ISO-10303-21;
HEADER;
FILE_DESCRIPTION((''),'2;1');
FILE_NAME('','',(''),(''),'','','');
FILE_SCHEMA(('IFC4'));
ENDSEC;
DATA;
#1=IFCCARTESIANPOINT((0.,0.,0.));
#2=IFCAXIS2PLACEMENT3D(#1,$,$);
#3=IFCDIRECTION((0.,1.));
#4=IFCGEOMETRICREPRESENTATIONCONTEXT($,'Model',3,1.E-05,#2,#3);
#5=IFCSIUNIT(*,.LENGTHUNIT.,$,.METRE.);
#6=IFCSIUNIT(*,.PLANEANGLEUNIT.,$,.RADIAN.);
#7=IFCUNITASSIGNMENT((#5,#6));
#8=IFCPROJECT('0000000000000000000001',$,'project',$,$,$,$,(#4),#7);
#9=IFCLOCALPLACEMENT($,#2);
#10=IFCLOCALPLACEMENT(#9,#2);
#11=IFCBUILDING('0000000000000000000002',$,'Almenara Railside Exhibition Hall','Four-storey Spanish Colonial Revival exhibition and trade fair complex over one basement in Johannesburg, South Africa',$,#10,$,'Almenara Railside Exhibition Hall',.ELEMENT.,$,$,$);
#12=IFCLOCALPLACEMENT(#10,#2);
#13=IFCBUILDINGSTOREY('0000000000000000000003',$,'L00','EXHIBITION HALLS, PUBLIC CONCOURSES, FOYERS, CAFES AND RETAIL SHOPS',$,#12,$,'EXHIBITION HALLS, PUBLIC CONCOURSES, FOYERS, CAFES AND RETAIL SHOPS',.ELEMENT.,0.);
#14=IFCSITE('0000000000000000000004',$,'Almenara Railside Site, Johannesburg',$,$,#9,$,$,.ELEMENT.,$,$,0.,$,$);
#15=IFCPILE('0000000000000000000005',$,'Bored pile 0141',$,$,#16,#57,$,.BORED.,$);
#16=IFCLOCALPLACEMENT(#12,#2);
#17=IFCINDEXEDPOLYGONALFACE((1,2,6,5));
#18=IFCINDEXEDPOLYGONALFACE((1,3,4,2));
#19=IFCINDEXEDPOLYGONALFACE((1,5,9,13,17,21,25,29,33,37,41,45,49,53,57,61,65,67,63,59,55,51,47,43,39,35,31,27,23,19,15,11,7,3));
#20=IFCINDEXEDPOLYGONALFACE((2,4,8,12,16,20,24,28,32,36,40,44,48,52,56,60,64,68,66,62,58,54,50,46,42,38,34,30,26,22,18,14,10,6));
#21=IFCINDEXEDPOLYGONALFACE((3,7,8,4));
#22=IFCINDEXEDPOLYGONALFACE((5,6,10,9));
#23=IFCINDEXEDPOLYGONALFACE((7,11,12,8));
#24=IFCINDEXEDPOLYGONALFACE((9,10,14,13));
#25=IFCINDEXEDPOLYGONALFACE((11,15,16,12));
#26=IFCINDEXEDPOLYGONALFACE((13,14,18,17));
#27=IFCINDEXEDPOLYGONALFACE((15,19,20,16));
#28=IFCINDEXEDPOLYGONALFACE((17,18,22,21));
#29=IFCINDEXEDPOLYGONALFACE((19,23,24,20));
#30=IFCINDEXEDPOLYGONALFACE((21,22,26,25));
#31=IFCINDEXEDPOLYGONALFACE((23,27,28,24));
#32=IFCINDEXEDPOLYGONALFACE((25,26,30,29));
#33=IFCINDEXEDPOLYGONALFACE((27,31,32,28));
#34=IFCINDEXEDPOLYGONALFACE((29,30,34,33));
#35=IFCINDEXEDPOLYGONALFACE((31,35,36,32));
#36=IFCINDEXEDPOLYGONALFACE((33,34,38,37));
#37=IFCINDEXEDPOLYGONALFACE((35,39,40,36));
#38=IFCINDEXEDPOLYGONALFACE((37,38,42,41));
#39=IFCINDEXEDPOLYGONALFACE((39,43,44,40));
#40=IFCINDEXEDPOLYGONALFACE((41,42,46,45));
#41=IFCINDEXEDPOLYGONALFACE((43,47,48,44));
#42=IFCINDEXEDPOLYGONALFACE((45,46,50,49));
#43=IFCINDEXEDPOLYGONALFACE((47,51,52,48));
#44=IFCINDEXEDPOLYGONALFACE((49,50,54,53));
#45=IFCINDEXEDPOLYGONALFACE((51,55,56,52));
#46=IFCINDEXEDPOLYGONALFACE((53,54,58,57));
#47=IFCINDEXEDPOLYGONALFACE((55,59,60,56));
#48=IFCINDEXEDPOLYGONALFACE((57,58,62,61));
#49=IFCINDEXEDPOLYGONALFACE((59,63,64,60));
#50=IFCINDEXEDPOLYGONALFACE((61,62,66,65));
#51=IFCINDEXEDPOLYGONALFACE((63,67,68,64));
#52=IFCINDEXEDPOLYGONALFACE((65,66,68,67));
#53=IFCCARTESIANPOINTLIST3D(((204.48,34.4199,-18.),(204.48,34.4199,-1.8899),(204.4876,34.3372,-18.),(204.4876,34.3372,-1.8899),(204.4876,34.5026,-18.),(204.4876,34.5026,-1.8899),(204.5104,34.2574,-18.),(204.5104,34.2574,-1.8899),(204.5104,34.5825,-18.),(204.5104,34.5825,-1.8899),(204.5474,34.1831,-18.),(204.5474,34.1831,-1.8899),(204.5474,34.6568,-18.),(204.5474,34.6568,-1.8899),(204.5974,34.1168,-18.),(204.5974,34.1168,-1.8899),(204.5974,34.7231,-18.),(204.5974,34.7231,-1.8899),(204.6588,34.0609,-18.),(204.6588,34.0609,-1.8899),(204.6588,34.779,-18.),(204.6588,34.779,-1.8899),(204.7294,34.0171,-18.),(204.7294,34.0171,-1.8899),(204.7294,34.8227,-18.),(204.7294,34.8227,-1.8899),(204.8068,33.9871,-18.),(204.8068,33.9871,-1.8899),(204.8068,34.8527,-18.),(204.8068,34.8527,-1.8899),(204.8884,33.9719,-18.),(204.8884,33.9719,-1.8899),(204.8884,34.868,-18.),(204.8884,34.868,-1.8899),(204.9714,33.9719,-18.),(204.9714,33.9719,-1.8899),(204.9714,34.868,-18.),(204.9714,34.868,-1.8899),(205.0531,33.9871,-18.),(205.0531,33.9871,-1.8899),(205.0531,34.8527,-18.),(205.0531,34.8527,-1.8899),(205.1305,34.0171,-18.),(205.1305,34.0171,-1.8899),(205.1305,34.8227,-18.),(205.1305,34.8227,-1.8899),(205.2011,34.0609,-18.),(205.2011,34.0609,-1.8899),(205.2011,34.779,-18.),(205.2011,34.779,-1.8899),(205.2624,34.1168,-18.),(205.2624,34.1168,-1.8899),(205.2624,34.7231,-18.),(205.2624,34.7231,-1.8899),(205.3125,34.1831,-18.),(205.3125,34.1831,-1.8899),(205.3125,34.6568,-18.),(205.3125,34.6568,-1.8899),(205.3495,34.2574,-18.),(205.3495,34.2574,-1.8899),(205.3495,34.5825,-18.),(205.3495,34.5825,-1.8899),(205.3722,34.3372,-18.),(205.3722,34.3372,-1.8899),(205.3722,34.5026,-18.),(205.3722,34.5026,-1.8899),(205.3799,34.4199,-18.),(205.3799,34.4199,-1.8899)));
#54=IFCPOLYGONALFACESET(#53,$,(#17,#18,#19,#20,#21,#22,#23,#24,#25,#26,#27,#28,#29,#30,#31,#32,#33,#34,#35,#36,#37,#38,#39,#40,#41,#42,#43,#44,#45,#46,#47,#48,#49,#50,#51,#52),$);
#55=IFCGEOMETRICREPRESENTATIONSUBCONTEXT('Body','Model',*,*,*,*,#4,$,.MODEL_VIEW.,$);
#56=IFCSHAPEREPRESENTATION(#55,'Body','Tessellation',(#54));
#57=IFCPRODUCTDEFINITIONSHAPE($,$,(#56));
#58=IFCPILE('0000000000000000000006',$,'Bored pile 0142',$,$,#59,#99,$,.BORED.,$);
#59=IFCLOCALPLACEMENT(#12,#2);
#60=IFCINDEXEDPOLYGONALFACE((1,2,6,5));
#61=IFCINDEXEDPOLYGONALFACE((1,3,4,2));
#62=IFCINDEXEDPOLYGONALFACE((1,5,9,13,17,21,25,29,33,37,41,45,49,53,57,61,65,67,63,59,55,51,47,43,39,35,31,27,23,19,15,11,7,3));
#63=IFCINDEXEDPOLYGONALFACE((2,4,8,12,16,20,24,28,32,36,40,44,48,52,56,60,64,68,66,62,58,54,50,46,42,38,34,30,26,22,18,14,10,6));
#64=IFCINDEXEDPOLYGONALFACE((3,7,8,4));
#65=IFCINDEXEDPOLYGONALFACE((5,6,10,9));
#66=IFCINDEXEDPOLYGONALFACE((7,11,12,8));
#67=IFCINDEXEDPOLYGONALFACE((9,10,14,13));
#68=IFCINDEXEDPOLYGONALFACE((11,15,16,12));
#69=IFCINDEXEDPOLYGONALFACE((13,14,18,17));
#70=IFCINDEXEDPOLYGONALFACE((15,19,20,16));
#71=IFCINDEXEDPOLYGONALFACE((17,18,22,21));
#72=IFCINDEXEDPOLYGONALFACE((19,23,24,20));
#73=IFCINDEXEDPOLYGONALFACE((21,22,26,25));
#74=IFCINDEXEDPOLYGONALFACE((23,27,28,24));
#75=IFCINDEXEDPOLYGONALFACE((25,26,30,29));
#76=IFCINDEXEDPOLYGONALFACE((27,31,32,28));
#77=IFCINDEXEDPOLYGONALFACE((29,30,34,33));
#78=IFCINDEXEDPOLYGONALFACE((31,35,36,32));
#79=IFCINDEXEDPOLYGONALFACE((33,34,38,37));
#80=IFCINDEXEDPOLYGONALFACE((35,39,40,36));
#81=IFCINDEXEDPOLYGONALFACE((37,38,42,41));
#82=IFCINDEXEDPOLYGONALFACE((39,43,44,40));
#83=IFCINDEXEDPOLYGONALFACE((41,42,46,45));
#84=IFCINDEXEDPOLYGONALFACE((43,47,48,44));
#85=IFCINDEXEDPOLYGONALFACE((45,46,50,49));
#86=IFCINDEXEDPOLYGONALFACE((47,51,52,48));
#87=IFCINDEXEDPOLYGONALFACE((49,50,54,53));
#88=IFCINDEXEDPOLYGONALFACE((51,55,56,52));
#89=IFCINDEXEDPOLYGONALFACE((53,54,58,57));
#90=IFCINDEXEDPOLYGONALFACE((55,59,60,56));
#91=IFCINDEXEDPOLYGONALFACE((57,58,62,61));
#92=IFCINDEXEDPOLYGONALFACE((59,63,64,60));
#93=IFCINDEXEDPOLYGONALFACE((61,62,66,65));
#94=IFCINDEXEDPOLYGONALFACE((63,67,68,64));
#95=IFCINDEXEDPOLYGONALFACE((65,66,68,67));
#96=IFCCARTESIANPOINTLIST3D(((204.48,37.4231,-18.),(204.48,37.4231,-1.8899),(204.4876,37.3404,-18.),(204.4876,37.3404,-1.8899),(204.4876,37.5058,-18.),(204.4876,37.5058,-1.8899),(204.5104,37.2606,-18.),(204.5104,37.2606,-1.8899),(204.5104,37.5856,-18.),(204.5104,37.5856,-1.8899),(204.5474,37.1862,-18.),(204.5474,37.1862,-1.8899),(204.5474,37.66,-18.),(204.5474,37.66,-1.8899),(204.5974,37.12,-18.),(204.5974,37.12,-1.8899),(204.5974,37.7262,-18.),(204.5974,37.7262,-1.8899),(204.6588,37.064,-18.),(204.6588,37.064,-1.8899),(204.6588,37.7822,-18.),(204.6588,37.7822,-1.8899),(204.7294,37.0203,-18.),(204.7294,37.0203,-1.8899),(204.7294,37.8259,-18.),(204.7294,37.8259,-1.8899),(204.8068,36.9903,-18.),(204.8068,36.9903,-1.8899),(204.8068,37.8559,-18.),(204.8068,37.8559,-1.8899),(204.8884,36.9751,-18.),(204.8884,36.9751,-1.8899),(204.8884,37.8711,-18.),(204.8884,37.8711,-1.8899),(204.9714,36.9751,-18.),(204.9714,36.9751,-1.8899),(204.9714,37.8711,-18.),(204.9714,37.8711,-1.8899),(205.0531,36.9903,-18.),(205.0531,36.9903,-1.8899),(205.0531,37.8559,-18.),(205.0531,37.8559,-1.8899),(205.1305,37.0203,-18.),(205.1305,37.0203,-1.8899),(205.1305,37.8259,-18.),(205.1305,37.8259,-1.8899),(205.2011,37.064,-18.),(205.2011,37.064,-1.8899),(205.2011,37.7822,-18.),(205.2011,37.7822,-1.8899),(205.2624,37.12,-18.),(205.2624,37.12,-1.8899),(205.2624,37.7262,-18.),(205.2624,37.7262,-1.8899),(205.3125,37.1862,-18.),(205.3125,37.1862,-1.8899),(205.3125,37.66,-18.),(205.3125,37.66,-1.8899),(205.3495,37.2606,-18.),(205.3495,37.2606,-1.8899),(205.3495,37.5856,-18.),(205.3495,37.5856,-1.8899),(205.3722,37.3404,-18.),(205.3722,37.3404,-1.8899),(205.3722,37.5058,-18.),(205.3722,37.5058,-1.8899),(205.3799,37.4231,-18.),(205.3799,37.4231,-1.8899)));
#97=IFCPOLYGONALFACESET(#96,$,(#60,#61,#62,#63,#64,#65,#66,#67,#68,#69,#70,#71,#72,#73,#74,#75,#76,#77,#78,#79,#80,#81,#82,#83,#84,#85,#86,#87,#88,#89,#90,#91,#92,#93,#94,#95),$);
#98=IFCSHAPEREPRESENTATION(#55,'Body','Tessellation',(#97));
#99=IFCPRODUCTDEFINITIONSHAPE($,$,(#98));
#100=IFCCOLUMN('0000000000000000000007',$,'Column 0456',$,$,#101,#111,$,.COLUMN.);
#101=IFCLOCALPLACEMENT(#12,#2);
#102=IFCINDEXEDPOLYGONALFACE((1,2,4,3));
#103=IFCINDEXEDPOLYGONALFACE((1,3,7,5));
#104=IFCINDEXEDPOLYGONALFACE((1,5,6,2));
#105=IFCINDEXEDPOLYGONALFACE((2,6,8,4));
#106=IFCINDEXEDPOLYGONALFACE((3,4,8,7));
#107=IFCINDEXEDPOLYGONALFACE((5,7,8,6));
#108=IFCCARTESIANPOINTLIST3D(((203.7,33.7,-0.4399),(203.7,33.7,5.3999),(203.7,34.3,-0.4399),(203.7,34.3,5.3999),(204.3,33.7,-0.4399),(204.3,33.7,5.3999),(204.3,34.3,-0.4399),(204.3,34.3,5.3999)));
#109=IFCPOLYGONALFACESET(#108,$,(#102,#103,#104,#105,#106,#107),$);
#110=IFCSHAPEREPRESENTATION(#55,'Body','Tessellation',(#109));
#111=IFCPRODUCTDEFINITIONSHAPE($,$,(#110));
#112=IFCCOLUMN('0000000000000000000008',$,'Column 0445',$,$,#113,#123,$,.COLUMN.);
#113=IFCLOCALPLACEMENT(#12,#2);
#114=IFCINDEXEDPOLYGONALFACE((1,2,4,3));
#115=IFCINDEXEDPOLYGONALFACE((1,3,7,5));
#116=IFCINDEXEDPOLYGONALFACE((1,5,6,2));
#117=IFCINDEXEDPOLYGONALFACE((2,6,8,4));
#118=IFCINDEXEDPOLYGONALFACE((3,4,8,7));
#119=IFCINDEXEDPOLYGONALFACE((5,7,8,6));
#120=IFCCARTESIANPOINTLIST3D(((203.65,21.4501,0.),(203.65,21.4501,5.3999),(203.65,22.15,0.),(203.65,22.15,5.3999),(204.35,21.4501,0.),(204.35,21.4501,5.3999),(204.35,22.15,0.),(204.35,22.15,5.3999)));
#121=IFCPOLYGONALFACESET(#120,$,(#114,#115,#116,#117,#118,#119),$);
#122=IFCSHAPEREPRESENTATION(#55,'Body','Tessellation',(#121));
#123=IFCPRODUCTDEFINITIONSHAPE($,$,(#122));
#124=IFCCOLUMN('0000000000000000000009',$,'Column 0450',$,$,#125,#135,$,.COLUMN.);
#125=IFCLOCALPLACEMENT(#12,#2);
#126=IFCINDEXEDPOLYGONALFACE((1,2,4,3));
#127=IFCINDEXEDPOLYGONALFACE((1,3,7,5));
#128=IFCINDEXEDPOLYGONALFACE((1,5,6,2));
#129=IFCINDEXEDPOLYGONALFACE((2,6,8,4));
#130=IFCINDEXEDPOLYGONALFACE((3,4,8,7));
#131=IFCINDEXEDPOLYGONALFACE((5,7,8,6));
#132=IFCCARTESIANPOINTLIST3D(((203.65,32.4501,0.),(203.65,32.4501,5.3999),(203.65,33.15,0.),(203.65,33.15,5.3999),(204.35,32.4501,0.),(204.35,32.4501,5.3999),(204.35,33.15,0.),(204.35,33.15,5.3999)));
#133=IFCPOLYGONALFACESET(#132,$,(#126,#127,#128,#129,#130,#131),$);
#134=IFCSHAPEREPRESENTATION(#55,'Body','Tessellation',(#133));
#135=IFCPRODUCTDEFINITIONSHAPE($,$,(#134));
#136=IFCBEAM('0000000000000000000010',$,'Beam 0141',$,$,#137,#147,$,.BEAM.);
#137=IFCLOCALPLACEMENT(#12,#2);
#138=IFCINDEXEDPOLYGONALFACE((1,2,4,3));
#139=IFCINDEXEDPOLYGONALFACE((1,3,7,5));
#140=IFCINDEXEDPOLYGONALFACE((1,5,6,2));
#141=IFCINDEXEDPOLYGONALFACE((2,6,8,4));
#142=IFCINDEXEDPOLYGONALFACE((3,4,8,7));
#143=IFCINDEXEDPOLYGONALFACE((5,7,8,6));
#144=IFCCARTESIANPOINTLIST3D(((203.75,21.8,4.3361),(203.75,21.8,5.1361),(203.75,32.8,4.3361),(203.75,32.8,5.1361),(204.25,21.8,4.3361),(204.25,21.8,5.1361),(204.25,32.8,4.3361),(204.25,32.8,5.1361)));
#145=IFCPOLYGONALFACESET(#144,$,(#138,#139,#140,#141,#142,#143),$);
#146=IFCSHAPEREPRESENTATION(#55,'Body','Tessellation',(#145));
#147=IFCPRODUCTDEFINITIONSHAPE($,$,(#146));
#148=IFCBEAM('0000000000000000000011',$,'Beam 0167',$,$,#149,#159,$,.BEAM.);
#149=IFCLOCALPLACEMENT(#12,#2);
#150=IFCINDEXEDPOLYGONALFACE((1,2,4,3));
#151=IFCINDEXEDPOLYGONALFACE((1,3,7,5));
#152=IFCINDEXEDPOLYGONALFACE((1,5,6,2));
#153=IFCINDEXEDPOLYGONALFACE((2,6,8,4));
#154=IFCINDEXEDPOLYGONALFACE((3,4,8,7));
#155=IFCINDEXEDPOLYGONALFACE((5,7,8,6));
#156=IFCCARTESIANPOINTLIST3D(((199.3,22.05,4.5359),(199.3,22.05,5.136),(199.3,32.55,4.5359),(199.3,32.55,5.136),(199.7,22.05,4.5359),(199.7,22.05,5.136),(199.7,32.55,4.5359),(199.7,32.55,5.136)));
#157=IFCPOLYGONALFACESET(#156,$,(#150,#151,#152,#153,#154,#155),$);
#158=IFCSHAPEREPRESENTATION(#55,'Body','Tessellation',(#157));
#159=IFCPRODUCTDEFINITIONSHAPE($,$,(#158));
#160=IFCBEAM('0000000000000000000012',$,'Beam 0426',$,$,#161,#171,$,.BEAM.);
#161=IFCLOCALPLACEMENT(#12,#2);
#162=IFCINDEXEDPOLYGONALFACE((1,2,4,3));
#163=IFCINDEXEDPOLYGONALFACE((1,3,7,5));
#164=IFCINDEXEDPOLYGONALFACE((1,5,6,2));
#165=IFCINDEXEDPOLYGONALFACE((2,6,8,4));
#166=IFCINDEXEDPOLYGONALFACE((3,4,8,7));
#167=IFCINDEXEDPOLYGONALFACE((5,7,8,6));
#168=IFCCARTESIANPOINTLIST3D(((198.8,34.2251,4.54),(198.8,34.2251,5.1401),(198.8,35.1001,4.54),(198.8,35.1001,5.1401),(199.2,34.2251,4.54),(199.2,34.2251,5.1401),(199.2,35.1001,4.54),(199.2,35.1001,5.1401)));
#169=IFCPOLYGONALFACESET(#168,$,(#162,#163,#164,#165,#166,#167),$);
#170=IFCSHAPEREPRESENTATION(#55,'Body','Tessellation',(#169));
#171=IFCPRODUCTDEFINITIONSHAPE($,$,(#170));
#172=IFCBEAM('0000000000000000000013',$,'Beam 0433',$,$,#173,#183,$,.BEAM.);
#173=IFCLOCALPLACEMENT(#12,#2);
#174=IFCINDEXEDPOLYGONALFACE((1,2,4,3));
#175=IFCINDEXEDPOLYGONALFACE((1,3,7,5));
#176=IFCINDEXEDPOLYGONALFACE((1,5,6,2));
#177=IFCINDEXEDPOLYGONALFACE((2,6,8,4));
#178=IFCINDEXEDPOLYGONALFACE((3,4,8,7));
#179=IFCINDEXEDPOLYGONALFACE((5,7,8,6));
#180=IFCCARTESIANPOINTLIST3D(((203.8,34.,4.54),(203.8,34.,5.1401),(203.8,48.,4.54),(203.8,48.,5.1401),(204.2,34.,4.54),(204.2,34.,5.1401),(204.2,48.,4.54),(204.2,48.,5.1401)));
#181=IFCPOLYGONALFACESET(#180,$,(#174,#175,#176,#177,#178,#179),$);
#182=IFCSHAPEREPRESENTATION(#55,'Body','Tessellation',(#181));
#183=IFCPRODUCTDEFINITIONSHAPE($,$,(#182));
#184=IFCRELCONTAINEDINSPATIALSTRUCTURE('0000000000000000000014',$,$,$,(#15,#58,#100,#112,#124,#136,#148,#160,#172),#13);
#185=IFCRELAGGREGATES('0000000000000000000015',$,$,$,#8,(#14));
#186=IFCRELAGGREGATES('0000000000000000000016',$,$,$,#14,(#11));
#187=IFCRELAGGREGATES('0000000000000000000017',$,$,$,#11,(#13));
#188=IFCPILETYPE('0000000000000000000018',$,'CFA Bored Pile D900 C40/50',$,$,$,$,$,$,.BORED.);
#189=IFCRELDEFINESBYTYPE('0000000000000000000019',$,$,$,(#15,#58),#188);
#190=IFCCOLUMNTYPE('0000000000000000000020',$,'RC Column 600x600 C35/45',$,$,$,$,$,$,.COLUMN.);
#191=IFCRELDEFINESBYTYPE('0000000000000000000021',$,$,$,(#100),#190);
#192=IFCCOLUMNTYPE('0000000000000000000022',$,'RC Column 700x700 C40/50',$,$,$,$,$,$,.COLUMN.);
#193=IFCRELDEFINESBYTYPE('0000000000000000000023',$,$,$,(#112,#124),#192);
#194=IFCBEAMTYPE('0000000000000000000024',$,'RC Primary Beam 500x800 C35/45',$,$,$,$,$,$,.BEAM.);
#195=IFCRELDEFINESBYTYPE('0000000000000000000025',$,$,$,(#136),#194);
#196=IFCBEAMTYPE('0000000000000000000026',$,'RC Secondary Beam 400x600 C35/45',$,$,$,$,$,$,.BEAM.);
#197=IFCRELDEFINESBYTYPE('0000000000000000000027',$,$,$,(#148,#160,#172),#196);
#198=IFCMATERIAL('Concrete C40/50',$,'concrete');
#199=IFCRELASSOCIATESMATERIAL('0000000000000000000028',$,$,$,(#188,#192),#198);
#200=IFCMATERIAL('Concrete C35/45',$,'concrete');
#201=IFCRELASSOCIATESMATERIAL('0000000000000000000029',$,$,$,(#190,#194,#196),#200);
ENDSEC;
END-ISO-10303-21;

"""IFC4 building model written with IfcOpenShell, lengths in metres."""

from ifc_helpers import new_model, si_unit, direction, frame, origin, origin_2d, place, context, subcontext, project, spatial, rectangle, circle, extrude, material, material_profile, profile_set, type_object, element, save


model = new_model("IFC4")

# Units and contexts
model_context = context("Model", 3, precision=1e-05, world=origin(), true_north=direction((0.0, 1.0)))
body_context = subcontext(model_context, "Body", "Model", "MODEL_VIEW")
ifc_project = project(units=[si_unit("LENGTHUNIT", "METRE"), si_unit("PLANEANGLEUNIT", "RADIAN")], contexts=[model_context])

# Site, building, storey
site_placement = place(None, origin())
site = spatial("IfcSite", under=ifc_project, at=site_placement, Name="Almenara Railside Site, Johannesburg", CompositionType="ELEMENT", RefElevation=0.0)
building_placement = place(site_placement, origin())
building = spatial("IfcBuilding", under=site, at=building_placement, Name="Almenara Railside Exhibition Hall", Description="Four-storey Spanish Colonial Revival exhibition and trade fair complex over one basement in Johannesburg, South Africa", LongName="Almenara Railside Exhibition Hall", CompositionType="ELEMENT")
storey_placement = place(building_placement, origin())
storey = spatial("IfcBuildingStorey", under=building, at=storey_placement, Name="L00", Description="EXHIBITION HALLS, PUBLIC CONCOURSES, FOYERS, CAFES AND RETAIL SHOPS", LongName="EXHIBITION HALLS, PUBLIC CONCOURSES, FOYERS, CAFES AND RETAIL SHOPS", CompositionType="ELEMENT", Elevation=0.0)

# Piles
ifc_material_1 = material(Name="Concrete C40/50", Category="concrete")
ifc_material_profile_1 = material_profile(ifc_material_1, circle(Radius=0.45, at=origin_2d()), Name="CFA-PILE D900")
ifc_profile_set_1 = profile_set([ifc_material_profile_1], Name="Concrete C40/50")
pile_type = type_object("IfcPileType", Name="CFA Bored Pile D900 C40/50", PredefinedType="BORED", material=ifc_profile_set_1)
for number, where, z_axis, x_axis, name in (
    (1, (204.9299, 34.4199, -1.8899), (0.0, 0.0, -1.0), (1.0, 0.0, 0.0), "Bored pile 0141"),
    (2, (204.9299, 37.4231, -1.8899), (0.0, 0.0, -1.0), (1.0, 0.0, 0.0), "Bored pile 0142"),
):
    element("IfcPile", number, at=place(storey_placement, frame(where, z_axis=z_axis, x_axis=x_axis)), inside=storey, type_object=pile_type, Name=name, PredefinedType="BORED", context=body_context, shape_type="SweptSolid", body=[
        extrude(circle(Radius=0.45, at=origin_2d()), origin(), (0.0, 0.0, 1.0), 16.1101),
    ])

# Columns
ifc_material_2 = material(Name="Concrete C35/45", Category="concrete")
ifc_material_profile_2 = material_profile(ifc_material_2, rectangle(XDim=0.6001, YDim=0.6001, at=origin_2d()), Name="RC 600x600")
ifc_profile_set_2 = profile_set([ifc_material_profile_2], Name="Concrete C35/45")
column_type_1 = type_object("IfcColumnType", Name="RC Column 600x600 C35/45", PredefinedType="COLUMN", material=ifc_profile_set_2)
column_placement = place(storey_placement, frame((204.0, 34.0, -0.4399), z_axis=(0.0, 0.0, 1.0), x_axis=(1.0, 0.0, 0.0)))
element("IfcColumn", 3, at=column_placement, inside=storey, type_object=column_type_1, Name="Column 0456", PredefinedType="COLUMN", context=body_context, shape_type="SweptSolid", body=[
    extrude(rectangle(XDim=0.6001, YDim=0.6001, at=origin_2d()), origin(), (0.0, 0.0, 1.0), 5.8398),
])
ifc_material_profile_3 = material_profile(ifc_material_1, rectangle(XDim=0.7, YDim=0.7, at=origin_2d()), Name="RC 700x700")
ifc_profile_set_3 = profile_set([ifc_material_profile_3], Name="Concrete C40/50")
column_type_2 = type_object("IfcColumnType", Name="RC Column 700x700 C40/50", PredefinedType="COLUMN", material=ifc_profile_set_3)
for number, where, z_axis, x_axis, name in (
    (4, (204.0, 21.8, 0.0), (0.0, 0.0, 1.0), (1.0, 0.0, 0.0), "Column 0445"),
    (5, (204.0, 32.8, 0.0), (0.0, 0.0, 1.0), (1.0, 0.0, 0.0), "Column 0450"),
):
    element("IfcColumn", number, at=place(storey_placement, frame(where, z_axis=z_axis, x_axis=x_axis)), inside=storey, type_object=column_type_2, Name=name, PredefinedType="COLUMN", context=body_context, shape_type="SweptSolid", body=[
        extrude(rectangle(XDim=0.7, YDim=0.7, at=origin_2d()), origin(), (0.0, 0.0, 1.0), 5.3999),
    ])

# Beams
ifc_material_profile_4 = material_profile(ifc_material_2, rectangle(XDim=0.5, YDim=0.8, at=origin_2d()), Name="RC 500x800")
ifc_profile_set_4 = profile_set([ifc_material_profile_4], Name="Concrete C35/45")
beam_type_1 = type_object("IfcBeamType", Name="RC Primary Beam 500x800 C35/45", PredefinedType="BEAM", material=ifc_profile_set_4)
beam_1_placement = place(storey_placement, frame((204.0, 21.8, 4.7361), z_axis=(0.0, 1.0, 0.0), x_axis=(-1.0, 0.0, 0.0)))
element("IfcBeam", 6, at=beam_1_placement, inside=storey, type_object=beam_type_1, Name="Beam 0141", PredefinedType="BEAM", context=body_context, shape_type="SweptSolid", body=[
    extrude(rectangle(XDim=0.5, YDim=0.8, at=origin_2d()), origin(), (0.0, 0.0, 1.0), 11.0),
])
ifc_material_profile_5 = material_profile(ifc_material_2, rectangle(XDim=0.3999, YDim=0.6001, at=origin_2d()), Name="RC 400x600")
ifc_profile_set_5 = profile_set([ifc_material_profile_5], Name="Concrete C35/45")
beam_type_2 = type_object("IfcBeamType", Name="RC Secondary Beam 400x600 C35/45", PredefinedType="BEAM", material=ifc_profile_set_5)
beam_2_placement = place(storey_placement, frame((199.5, 22.05, 4.8359), z_axis=(0.0, 1.0, 0.0), x_axis=(-1.0, 0.0, 0.0)))
element("IfcBeam", 7, at=beam_2_placement, inside=storey, type_object=beam_type_2, Name="Beam 0167", PredefinedType="BEAM", context=body_context, shape_type="SweptSolid", body=[
    extrude(rectangle(XDim=0.3999, YDim=0.6001, at=origin_2d()), origin(), (0.0, 0.0, 1.0), 10.5),
])
beam_3_placement = place(storey_placement, frame((199.0, 34.2251, 4.8401), z_axis=(0.0, 1.0, 0.0), x_axis=(-1.0, 0.0, 0.0)))
element("IfcBeam", 8, at=beam_3_placement, inside=storey, type_object=beam_type_2, Name="Beam 0426", PredefinedType="BEAM", context=body_context, shape_type="SweptSolid", body=[
    extrude(rectangle(XDim=0.3999, YDim=0.6001, at=origin_2d()), origin(), (0.0, 0.0, 1.0), 0.875),
])
beam_4_placement = place(storey_placement, frame((204.0, 34.0, 4.8401), z_axis=(0.0, 1.0, 0.0), x_axis=(-1.0, 0.0, 0.0)))
element("IfcBeam", 9, at=beam_4_placement, inside=storey, type_object=beam_type_2, Name="Beam 0433", PredefinedType="BEAM", context=body_context, shape_type="SweptSolid", body=[
    extrude(rectangle(XDim=0.3999, YDim=0.6001, at=origin_2d()), origin(), (0.0, 0.0, 1.0), 14.0),
])

save(model, "model.ifc")
